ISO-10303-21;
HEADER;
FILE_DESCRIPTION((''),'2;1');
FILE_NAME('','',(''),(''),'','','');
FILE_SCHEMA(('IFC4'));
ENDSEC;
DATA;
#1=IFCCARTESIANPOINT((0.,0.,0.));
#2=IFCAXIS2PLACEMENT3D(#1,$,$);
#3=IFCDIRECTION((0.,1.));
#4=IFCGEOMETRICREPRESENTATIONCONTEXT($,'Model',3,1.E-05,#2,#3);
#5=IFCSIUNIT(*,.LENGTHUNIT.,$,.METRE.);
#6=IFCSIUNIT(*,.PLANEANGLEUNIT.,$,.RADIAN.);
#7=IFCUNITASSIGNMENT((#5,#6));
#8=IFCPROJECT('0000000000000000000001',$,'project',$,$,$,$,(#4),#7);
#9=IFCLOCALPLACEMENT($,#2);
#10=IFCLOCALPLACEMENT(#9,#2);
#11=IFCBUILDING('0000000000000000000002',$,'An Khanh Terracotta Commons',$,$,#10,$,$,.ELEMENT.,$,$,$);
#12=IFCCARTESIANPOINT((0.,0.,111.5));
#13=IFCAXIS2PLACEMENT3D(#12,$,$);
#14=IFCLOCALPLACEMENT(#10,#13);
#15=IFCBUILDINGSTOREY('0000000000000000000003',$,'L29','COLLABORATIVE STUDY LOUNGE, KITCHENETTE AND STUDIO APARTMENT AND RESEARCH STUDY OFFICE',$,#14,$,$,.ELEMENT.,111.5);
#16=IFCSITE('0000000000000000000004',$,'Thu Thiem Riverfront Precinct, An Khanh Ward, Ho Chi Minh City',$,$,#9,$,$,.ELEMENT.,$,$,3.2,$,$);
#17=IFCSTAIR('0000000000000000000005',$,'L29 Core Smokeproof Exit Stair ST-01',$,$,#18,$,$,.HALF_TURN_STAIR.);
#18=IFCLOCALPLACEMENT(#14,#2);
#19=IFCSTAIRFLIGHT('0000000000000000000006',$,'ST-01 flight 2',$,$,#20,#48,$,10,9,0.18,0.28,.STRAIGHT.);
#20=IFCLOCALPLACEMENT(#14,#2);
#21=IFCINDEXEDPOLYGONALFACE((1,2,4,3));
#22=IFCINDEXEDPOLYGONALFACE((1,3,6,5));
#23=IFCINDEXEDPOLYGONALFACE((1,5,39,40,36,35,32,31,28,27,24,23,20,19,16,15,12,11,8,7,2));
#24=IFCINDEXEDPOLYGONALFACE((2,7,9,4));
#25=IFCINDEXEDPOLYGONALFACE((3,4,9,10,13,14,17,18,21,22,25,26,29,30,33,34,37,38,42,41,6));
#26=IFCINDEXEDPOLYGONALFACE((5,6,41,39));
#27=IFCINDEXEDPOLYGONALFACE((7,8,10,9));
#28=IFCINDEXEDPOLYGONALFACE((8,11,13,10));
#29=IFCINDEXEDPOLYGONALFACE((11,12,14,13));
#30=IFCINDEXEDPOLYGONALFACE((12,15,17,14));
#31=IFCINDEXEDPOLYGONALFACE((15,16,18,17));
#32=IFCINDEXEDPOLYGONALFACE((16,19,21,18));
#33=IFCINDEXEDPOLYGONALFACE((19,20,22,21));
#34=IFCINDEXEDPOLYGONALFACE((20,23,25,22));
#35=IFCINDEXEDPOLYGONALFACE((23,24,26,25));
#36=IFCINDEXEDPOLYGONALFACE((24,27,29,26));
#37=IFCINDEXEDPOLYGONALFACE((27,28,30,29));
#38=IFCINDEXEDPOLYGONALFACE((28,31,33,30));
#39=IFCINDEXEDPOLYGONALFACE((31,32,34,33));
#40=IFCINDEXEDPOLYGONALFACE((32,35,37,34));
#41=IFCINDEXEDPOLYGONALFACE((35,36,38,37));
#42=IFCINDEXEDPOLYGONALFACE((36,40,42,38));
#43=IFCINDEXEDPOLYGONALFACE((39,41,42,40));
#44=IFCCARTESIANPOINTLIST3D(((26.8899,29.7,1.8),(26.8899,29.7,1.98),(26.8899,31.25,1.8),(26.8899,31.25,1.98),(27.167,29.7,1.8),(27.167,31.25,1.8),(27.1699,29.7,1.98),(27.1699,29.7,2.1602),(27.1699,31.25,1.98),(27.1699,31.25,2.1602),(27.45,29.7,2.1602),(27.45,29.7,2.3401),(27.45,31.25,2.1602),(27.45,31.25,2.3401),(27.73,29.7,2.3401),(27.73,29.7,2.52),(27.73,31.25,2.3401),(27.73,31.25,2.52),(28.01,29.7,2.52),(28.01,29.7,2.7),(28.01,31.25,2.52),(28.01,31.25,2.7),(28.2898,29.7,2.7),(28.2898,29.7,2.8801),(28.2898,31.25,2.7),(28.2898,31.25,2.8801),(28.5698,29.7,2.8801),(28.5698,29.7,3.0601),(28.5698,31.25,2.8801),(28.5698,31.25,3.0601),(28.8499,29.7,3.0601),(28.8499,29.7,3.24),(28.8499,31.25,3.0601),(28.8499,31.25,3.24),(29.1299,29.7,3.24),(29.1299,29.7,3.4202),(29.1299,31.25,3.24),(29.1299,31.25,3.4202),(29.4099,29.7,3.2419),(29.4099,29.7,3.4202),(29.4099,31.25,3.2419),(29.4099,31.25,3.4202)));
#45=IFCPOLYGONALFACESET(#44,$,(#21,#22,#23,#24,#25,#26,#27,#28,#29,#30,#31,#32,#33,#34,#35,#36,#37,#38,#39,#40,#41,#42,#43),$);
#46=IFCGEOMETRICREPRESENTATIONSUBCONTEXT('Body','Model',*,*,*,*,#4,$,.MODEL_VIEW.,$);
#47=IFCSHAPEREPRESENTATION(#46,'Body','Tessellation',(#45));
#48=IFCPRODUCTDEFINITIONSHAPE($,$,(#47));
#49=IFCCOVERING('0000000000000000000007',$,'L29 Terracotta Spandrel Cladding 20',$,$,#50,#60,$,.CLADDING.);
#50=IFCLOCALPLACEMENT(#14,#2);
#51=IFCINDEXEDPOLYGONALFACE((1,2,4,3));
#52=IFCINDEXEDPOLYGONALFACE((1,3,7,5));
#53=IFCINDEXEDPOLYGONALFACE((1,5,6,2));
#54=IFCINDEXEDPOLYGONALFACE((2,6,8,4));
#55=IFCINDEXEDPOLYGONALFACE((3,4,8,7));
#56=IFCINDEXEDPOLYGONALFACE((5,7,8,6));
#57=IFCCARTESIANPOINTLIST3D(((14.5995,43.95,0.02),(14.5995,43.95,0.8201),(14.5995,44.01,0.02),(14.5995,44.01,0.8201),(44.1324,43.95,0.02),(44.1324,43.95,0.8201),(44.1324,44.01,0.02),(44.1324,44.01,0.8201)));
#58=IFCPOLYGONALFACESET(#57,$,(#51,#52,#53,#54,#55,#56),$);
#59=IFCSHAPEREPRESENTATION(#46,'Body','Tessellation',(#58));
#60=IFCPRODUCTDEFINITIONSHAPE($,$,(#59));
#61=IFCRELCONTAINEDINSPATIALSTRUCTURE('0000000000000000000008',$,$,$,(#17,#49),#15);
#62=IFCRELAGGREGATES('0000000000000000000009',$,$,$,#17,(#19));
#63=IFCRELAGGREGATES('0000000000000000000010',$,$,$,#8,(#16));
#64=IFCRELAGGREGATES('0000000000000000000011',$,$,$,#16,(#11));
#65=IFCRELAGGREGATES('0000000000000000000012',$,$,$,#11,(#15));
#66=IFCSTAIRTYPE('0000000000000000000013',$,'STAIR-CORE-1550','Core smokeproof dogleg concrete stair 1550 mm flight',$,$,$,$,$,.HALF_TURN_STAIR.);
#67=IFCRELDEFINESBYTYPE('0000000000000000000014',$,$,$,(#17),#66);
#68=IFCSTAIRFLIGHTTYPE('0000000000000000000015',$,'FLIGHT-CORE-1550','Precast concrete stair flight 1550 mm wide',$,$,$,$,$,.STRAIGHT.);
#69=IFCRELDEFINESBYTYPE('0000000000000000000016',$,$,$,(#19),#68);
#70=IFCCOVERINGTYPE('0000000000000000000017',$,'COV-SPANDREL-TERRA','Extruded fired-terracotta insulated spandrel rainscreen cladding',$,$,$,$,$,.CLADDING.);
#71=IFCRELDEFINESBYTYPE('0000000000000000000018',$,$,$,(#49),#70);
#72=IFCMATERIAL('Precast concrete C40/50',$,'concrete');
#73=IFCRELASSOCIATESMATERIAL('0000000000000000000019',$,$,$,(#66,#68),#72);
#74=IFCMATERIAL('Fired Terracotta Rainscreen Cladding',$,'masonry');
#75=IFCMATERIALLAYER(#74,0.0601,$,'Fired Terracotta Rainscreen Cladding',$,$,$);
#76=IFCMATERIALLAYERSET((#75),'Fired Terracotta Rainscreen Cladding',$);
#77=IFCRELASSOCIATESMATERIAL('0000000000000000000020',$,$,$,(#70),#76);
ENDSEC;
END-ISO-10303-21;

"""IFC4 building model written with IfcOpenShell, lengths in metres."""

from ifc_helpers import new_model, si_unit, direction, frame, origin, origin_2d, place, context, subcontext, project, spatial, polyline, rectangle, outline, extrude, material, layer, layer_set, type_object, element, aggregate, save


model = new_model("IFC4")

# Units and contexts
model_context = context("Model", 3, precision=1e-05, world=origin(), true_north=direction((0.0, 1.0)))
body_context = subcontext(model_context, "Body", "Model", "MODEL_VIEW")
ifc_project = project(units=[si_unit("LENGTHUNIT", "METRE"), si_unit("PLANEANGLEUNIT", "RADIAN")], contexts=[model_context])

# Site, building, storey
site_placement = place(None, origin())
site = spatial("IfcSite", under=ifc_project, at=site_placement, Name="Thu Thiem Riverfront Precinct, An Khanh Ward, Ho Chi Minh City", CompositionType="ELEMENT", RefElevation=3.2)
building_placement = place(site_placement, origin())
building = spatial("IfcBuilding", under=site, at=building_placement, Name="An Khanh Terracotta Commons", CompositionType="ELEMENT")
storey_placement = place(building_placement, frame((0.0, 0.0, 111.5)))
storey = spatial("IfcBuildingStorey", under=building, at=storey_placement, Name="L29", Description="COLLABORATIVE STUDY LOUNGE, KITCHENETTE AND STUDIO APARTMENT AND RESEARCH STUDY OFFICE", CompositionType="ELEMENT", Elevation=111.5)

# Stair, stair flight
ifc_material_1 = material(Name="Precast concrete C40/50", Category="concrete")
stair_type = type_object("IfcStairType", Name="STAIR-CORE-1550", Description="Core smokeproof dogleg concrete stair 1550 mm flight", PredefinedType="HALF_TURN_STAIR", material=ifc_material_1)
stair_placement = place(storey_placement, origin())
stair = element("IfcStair", 1, at=stair_placement, inside=storey, type_object=stair_type, Name="L29 Core Smokeproof Exit Stair ST-01", PredefinedType="HALF_TURN_STAIR")
stair_flight_type = type_object("IfcStairFlightType", Name="FLIGHT-CORE-1550", Description="Precast concrete stair flight 1550 mm wide", PredefinedType="STRAIGHT", material=ifc_material_1)
stair_flight_1_placement = place(storey_placement, frame((26.8899, 30.4751, 1.8), z_axis=(0.0, 0.0, 1.0), x_axis=(1.0, 0.0, 0.0)))
stair_flight_1 = element("IfcStairFlight", 2, at=stair_flight_1_placement, type_object=stair_flight_type, Name="ST-01 flight 2", NumberOfRisers=10, NumberOfTreads=9, PredefinedType="STRAIGHT", RiserHeight=0.18, TreadLength=0.28, context=body_context, shape_type="SweptSolid", body=[
    extrude(outline(polyline([(0.0, 0.0), (0.0, 0.1799), (0.28, 0.1799), (0.28, 0.3601), (0.5601, 0.3601), (0.5601, 0.54), (0.8401, 0.54), (0.8401, 0.72), (1.1201, 0.72), (1.1201, 0.8999), (1.3999, 0.8999), (1.3999, 1.0801), (1.6799, 1.0801), (1.6799, 1.26), (1.96, 1.26), (1.96, 1.4399), (2.24, 1.4399), (2.24, 1.6201), (2.52, 1.6201), (2.52, 1.8), (2.52, 1.4419), (0.2771, 0.0), (0.0, 0.0)])), frame((0.0, 0.7749, 0.0), z_axis=(0.0, -1.0, 0.0), x_axis=(1.0, 0.0, 0.0)), (0.0, 0.0, 1.0), 1.55),
])
aggregate(stair, [stair_flight_1])

# Covering
ifc_material_2 = material(Name="Fired Terracotta Rainscreen Cladding", Category="masonry")
ifc_layer_1 = layer(ifc_material_2, 0.0601, Name="Fired Terracotta Rainscreen Cladding")
ifc_layer_set_1 = layer_set([ifc_layer_1], Name="Fired Terracotta Rainscreen Cladding")
covering_type = type_object("IfcCoveringType", Name="COV-SPANDREL-TERRA", Description="Extruded fired-terracotta insulated spandrel rainscreen cladding", PredefinedType="CLADDING", material=ifc_layer_set_1)
covering_placement = place(storey_placement, frame((29.366, 43.98, 0.02), z_axis=(0.0, 0.0, 1.0), x_axis=(-1.0, 0.0, 0.0)))
element("IfcCovering", 3, at=covering_placement, inside=storey, type_object=covering_type, Name="L29 Terracotta Spandrel Cladding 20", PredefinedType="CLADDING", context=body_context, shape_type="SweptSolid", body=[
    extrude(rectangle(XDim=29.533, YDim=0.0601, at=origin_2d()), origin(), (0.0, 0.0, 1.0), 0.8),
])

save(model, "model.ifc")
